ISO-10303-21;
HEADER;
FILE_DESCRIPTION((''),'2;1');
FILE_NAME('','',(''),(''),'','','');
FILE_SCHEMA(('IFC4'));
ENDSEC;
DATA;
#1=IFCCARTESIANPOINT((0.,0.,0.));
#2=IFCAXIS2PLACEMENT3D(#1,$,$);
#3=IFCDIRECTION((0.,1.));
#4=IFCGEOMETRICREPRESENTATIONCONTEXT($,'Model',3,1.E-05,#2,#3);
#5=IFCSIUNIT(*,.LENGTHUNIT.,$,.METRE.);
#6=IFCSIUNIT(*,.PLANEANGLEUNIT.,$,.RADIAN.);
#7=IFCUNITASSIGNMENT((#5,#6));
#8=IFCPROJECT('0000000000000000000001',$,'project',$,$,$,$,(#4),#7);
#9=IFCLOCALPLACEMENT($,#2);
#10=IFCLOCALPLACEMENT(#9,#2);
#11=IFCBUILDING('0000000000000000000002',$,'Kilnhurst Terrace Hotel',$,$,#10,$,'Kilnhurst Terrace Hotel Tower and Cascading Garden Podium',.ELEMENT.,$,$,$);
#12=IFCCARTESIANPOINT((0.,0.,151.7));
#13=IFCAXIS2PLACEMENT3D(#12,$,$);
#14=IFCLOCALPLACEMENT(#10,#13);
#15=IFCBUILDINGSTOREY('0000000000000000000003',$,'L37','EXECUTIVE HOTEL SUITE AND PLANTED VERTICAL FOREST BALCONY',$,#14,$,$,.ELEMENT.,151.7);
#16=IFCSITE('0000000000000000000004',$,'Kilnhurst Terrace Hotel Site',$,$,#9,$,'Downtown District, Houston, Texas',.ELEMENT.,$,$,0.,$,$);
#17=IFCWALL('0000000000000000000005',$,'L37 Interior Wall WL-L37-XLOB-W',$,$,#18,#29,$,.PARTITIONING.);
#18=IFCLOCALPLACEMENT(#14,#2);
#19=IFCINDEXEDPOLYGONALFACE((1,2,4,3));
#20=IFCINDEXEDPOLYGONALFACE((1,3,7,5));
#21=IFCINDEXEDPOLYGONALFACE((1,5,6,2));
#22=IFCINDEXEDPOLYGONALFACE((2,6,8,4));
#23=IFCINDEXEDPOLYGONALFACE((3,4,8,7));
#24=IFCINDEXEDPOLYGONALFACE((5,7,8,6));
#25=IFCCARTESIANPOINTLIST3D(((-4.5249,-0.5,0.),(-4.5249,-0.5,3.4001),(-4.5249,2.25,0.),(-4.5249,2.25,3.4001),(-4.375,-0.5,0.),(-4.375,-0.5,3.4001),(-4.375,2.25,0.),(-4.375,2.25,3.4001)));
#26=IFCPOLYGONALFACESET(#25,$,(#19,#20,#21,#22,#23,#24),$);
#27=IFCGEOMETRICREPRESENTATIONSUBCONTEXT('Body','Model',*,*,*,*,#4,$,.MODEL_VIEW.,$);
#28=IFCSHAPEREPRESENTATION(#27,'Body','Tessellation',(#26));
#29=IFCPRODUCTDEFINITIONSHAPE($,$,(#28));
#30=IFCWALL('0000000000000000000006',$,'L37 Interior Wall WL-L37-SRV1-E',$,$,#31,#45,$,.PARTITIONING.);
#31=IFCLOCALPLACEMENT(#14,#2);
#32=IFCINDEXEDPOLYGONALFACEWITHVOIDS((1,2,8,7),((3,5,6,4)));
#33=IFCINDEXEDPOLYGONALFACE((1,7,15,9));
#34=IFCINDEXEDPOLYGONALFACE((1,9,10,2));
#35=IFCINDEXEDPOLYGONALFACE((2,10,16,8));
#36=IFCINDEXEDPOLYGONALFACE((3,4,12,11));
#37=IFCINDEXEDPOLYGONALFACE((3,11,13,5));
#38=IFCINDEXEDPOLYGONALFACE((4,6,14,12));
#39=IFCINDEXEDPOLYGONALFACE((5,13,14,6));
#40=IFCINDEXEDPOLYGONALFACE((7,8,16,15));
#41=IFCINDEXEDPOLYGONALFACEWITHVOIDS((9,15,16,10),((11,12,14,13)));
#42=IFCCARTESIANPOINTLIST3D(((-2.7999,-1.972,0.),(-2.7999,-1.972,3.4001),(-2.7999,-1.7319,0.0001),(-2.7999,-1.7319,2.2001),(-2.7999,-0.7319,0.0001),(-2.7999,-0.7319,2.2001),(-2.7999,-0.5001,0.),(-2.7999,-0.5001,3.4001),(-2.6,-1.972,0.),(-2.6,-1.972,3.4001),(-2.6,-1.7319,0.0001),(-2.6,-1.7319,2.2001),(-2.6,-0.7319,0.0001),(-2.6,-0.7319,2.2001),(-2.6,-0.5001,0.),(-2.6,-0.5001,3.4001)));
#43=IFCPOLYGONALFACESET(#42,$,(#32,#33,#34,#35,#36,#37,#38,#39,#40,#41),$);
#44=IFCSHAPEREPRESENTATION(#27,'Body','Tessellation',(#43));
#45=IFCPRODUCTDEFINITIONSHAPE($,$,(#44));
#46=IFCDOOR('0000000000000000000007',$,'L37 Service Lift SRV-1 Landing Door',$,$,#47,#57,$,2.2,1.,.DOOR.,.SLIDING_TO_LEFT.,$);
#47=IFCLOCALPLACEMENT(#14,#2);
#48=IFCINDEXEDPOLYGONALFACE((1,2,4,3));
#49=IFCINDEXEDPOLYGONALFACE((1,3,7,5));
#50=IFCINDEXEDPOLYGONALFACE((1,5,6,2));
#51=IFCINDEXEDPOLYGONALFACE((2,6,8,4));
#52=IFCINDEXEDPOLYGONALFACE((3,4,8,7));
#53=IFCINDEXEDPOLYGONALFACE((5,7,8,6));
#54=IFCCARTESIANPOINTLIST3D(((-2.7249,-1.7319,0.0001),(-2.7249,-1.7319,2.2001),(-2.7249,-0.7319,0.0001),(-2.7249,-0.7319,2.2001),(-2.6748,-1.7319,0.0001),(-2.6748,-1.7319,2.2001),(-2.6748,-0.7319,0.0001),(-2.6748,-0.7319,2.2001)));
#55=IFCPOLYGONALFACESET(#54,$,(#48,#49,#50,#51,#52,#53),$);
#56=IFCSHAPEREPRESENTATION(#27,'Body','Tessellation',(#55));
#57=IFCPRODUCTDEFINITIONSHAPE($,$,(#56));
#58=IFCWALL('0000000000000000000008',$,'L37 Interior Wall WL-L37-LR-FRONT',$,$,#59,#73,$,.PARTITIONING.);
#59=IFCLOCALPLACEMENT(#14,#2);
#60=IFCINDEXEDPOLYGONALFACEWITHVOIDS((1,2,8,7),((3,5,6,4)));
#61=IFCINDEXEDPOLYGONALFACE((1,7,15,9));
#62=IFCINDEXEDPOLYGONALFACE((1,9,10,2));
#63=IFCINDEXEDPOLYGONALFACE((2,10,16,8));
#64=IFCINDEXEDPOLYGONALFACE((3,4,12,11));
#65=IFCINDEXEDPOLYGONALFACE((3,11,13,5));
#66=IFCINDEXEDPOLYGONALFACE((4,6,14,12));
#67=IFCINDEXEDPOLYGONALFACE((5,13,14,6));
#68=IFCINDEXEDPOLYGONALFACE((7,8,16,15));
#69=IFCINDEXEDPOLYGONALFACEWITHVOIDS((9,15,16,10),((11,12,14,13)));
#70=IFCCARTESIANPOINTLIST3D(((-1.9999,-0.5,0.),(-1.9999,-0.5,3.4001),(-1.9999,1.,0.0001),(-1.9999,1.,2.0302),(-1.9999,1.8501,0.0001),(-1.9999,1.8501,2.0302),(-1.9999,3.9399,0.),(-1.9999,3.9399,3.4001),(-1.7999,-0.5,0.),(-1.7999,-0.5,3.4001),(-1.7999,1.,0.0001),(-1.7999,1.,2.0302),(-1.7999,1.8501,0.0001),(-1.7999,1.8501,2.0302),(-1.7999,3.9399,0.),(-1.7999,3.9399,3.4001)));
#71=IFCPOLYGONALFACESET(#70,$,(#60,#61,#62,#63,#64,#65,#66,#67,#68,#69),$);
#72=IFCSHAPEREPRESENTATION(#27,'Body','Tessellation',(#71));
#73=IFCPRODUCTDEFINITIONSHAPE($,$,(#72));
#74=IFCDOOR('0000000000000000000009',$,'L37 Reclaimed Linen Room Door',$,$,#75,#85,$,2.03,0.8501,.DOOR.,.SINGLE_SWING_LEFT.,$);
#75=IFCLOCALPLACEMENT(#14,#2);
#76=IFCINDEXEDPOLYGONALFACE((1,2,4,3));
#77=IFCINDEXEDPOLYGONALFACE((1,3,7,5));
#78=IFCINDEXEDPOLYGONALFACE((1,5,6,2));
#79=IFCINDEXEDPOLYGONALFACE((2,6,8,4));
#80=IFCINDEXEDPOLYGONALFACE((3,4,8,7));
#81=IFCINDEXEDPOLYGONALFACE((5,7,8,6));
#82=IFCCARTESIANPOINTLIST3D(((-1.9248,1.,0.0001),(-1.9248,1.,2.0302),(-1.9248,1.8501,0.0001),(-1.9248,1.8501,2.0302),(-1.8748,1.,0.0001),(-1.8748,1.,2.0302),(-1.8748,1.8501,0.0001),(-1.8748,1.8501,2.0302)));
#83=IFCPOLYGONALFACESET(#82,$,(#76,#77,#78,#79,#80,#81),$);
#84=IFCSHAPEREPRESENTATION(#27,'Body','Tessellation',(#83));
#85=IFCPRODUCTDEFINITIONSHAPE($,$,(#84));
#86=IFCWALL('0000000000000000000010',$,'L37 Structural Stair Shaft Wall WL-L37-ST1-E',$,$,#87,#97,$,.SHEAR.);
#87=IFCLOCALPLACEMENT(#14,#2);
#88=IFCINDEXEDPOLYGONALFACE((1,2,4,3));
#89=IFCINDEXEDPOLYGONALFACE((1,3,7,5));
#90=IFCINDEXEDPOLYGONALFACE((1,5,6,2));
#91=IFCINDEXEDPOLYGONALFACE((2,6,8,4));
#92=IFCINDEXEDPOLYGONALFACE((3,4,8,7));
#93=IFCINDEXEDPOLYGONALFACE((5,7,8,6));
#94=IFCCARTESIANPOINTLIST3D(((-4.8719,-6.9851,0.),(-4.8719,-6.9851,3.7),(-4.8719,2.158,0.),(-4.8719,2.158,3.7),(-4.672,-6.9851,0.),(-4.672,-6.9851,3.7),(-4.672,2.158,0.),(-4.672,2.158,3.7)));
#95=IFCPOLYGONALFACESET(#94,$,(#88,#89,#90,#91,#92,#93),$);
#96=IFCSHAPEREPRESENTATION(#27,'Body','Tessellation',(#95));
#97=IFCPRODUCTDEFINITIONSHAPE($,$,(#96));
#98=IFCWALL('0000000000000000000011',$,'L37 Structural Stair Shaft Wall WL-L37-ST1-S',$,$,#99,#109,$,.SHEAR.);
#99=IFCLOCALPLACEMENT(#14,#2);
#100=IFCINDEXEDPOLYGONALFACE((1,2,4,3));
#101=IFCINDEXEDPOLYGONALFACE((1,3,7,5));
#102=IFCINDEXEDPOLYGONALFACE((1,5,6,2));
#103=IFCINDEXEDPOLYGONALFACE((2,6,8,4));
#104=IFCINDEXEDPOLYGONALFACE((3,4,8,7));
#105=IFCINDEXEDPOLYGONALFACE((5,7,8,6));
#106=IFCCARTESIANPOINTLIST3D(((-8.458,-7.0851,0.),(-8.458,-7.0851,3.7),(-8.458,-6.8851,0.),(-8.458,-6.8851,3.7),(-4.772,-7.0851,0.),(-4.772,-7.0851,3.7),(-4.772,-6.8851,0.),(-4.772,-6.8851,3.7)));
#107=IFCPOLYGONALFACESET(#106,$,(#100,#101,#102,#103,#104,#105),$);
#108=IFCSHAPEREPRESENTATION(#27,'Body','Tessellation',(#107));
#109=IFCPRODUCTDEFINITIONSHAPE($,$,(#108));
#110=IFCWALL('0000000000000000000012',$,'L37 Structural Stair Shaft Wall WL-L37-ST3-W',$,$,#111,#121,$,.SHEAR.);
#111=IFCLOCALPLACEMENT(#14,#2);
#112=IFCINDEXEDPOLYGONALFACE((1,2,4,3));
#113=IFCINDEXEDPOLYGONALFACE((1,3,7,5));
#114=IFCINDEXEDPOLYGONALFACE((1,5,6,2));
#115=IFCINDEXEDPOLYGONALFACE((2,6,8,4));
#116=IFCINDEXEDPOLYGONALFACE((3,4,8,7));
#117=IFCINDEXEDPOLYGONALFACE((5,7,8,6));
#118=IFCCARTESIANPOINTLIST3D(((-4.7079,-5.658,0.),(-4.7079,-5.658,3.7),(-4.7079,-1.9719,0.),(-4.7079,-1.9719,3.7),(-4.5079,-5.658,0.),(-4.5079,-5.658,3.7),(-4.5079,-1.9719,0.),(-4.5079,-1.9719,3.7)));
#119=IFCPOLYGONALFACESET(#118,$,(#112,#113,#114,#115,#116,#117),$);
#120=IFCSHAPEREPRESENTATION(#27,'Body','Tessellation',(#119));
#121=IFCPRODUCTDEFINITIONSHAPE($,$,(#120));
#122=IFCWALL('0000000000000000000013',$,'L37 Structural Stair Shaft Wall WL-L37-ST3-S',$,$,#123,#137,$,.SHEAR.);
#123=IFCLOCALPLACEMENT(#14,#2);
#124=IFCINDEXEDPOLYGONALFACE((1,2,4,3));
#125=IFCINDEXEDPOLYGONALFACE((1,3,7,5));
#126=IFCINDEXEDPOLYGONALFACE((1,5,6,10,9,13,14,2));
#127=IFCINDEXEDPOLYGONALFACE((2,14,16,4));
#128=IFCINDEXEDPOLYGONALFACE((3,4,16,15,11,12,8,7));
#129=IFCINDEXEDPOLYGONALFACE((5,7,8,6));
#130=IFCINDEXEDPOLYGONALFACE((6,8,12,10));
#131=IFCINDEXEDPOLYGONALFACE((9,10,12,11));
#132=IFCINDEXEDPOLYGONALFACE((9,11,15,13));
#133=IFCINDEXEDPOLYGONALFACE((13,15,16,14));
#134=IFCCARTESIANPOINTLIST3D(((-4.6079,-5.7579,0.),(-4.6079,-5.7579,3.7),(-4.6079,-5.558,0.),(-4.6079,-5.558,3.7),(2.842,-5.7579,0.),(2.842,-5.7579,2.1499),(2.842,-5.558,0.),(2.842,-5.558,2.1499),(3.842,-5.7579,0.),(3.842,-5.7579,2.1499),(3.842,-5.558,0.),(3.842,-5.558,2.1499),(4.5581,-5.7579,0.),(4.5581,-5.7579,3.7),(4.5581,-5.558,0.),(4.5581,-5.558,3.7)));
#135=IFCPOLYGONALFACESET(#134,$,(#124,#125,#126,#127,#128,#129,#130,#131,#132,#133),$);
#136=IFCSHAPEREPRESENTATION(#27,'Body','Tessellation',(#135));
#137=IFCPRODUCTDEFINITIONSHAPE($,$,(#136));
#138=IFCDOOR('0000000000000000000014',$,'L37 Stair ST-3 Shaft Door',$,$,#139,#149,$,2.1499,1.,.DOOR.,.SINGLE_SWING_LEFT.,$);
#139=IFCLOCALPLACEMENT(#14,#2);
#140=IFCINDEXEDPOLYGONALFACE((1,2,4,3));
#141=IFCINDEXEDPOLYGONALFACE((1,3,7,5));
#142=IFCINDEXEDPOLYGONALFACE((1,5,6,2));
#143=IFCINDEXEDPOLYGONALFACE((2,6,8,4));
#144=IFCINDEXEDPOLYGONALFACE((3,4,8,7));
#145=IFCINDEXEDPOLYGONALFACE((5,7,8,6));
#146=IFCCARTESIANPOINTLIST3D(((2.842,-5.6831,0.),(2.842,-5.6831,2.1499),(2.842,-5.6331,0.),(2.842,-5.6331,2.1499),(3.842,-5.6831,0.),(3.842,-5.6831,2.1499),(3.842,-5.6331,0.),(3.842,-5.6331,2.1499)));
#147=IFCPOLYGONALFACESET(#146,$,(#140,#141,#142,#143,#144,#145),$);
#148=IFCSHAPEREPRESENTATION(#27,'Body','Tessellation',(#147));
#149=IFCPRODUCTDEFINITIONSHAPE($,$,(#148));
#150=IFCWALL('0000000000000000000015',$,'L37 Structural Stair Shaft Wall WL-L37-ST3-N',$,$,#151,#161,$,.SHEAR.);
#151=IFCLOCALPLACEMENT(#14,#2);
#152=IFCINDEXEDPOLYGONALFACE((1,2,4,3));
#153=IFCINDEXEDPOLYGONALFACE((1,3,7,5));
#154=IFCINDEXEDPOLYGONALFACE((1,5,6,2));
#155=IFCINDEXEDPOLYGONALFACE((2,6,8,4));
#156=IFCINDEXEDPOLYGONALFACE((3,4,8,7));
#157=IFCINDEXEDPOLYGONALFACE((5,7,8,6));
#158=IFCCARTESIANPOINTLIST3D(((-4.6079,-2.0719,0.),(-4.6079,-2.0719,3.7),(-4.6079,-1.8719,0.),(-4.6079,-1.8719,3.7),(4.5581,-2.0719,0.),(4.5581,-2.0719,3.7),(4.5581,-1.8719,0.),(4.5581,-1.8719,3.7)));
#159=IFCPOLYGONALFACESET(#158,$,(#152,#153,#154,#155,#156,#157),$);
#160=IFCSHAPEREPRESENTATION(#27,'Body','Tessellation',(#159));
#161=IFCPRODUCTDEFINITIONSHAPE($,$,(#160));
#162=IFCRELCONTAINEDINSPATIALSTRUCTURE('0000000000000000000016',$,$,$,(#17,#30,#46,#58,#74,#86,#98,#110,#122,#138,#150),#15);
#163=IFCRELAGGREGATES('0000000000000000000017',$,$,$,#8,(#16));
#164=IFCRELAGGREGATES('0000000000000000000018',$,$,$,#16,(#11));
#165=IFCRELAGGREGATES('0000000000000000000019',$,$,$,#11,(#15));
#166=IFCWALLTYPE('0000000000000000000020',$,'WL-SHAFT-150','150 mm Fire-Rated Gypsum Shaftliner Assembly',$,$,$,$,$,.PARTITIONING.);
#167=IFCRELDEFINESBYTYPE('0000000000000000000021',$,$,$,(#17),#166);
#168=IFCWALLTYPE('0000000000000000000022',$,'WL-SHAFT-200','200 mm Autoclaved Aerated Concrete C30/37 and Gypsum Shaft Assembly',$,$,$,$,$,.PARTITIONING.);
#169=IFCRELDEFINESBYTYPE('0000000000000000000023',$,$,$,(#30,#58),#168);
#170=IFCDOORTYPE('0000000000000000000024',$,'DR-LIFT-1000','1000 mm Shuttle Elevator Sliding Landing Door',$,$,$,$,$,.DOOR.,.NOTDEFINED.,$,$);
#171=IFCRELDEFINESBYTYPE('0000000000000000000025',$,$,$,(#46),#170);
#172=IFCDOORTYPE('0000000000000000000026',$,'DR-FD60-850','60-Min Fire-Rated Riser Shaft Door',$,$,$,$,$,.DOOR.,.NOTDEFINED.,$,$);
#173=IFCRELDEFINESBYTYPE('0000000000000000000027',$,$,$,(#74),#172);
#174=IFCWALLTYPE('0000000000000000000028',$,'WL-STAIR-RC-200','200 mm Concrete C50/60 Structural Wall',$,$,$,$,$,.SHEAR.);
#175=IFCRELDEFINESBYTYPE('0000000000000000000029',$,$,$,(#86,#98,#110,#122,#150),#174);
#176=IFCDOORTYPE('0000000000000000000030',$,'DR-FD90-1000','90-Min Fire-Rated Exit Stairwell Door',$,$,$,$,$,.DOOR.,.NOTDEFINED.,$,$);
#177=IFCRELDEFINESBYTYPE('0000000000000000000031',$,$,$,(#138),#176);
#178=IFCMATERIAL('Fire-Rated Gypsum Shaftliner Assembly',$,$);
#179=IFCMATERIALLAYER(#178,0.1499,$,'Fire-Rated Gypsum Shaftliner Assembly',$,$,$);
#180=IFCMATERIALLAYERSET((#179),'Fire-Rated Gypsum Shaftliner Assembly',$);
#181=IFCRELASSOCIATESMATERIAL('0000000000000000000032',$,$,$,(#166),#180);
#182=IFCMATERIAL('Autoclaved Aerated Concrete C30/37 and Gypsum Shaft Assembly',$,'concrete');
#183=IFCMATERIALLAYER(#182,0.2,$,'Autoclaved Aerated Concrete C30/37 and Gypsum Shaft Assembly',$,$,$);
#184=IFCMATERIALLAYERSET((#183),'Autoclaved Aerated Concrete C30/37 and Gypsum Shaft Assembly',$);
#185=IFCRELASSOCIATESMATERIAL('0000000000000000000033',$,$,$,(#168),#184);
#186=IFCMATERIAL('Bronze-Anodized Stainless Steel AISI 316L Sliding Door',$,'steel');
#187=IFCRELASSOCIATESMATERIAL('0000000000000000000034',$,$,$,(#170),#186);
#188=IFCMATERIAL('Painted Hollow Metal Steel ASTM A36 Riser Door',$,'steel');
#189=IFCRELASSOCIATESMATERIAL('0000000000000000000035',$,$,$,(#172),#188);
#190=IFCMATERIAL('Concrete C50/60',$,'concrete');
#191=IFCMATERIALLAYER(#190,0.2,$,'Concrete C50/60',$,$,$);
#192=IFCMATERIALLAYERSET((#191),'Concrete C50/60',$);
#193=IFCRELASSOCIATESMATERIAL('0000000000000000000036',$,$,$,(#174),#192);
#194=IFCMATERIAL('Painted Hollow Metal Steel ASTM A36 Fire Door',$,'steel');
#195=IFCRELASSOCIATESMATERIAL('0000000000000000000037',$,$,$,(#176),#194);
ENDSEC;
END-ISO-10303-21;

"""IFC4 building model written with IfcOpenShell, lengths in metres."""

from ifc_helpers import new_model, si_unit, direction, frame, frame_2d, origin, place, context, subcontext, project, spatial, rectangle, extrude, material, layer, layer_set, type_object, element, fill, save


model = new_model("IFC4")

# Units and contexts
model_context = context("Model", 3, precision=1e-05, world=origin(), true_north=direction((0.0, 1.0)))
body_context = subcontext(model_context, "Body", "Model", "MODEL_VIEW")
ifc_project = project(units=[si_unit("LENGTHUNIT", "METRE"), si_unit("PLANEANGLEUNIT", "RADIAN")], contexts=[model_context])

# Site, building, storey
site_placement = place(None, origin())
site = spatial("IfcSite", under=ifc_project, at=site_placement, Name="Kilnhurst Terrace Hotel Site", LongName="Downtown District, Houston, Texas", CompositionType="ELEMENT", RefElevation=0.0)
building_placement = place(site_placement, origin())
building = spatial("IfcBuilding", under=site, at=building_placement, Name="Kilnhurst Terrace Hotel", LongName="Kilnhurst Terrace Hotel Tower and Cascading Garden Podium", CompositionType="ELEMENT")
storey_placement = place(building_placement, frame((0.0, 0.0, 151.7)))
storey = spatial("IfcBuildingStorey", under=building, at=storey_placement, Name="L37", Description="EXECUTIVE HOTEL SUITE AND PLANTED VERTICAL FOREST BALCONY", CompositionType="ELEMENT", Elevation=151.7)

# Wall
ifc_material_1 = material(Name="Fire-Rated Gypsum Shaftliner Assembly")
ifc_layer_1 = layer(ifc_material_1, 0.1499, Name="Fire-Rated Gypsum Shaftliner Assembly")
ifc_layer_set_1 = layer_set([ifc_layer_1], Name="Fire-Rated Gypsum Shaftliner Assembly")
wall_type_1 = type_object("IfcWallType", Name="WL-SHAFT-150", Description="150 mm Fire-Rated Gypsum Shaftliner Assembly", PredefinedType="PARTITIONING", material=ifc_layer_set_1)
wall_1_placement = place(storey_placement, frame((-4.45, -0.5, 0.0), z_axis=(0.0, 0.0, 1.0), x_axis=(0.0, 1.0, 0.0)))
element("IfcWall", 1, at=wall_1_placement, inside=storey, type_object=wall_type_1, Name="L37 Interior Wall WL-L37-XLOB-W", PredefinedType="PARTITIONING", context=body_context, shape_type="SweptSolid", body=[
    extrude(rectangle(XDim=2.75, YDim=0.1499, at=frame_2d((1.375, 0.0))), origin(), (0.0, 0.0, 1.0), 3.4001),
])

# Walls, openings, doors
ifc_material_2 = material(Name="Autoclaved Aerated Concrete C30/37 and Gypsum Shaft Assembly", Category="concrete")
ifc_layer_2 = layer(ifc_material_2, 0.2, Name="Autoclaved Aerated Concrete C30/37 and Gypsum Shaft Assembly")
ifc_layer_set_2 = layer_set([ifc_layer_2], Name="Autoclaved Aerated Concrete C30/37 and Gypsum Shaft Assembly")
wall_type_2 = type_object("IfcWallType", Name="WL-SHAFT-200", Description="200 mm Autoclaved Aerated Concrete C30/37 and Gypsum Shaft Assembly", PredefinedType="PARTITIONING", material=ifc_layer_set_2)
wall_2_placement = place(storey_placement, frame((-2.7, -1.9719, 0.0), z_axis=(0.0, 0.0, 1.0), x_axis=(0.0, 1.0, 0.0)))
wall_2 = element("IfcWall", 2, at=wall_2_placement, inside=storey, type_object=wall_type_2, Name="L37 Interior Wall WL-L37-SRV1-E", PredefinedType="PARTITIONING", context=body_context, shape_type="SweptSolid", body=[
    extrude(rectangle(XDim=1.4719, YDim=0.2, at=frame_2d((0.7358, 0.0))), origin(), (0.0, 0.0, 1.0), 3.4001),
])
opening_1_placement = place(wall_2_placement, frame((0.24, 0.0, 0.0)))
opening_1 = element("IfcOpeningElement", 3, at=opening_1_placement, cuts=wall_2, PredefinedType="OPENING", context=body_context, shape_type="SweptSolid", body=[
    extrude(rectangle(XDim=1.0, YDim=2.2, at=frame_2d((0.5, 1.1001))), frame((0.0, 0.1099, 0.0), z_axis=(0.0, -1.0, 0.0), x_axis=(1.0, 0.0, 0.0)), (0.0, 0.0, 1.0), 0.22),
])
ifc_material_3 = material(Name="Bronze-Anodized Stainless Steel AISI 316L Sliding Door", Category="steel")
door_type_1 = type_object("IfcDoorType", Name="DR-LIFT-1000", Description="1000 mm Shuttle Elevator Sliding Landing Door", OperationType="NOTDEFINED", PredefinedType="DOOR", material=ifc_material_3)
door_1_placement = place(opening_1_placement, origin())
door_1 = element("IfcDoor", 4, at=door_1_placement, inside=storey, type_object=door_type_1, Name="L37 Service Lift SRV-1 Landing Door", OperationType="SLIDING_TO_LEFT", OverallHeight=2.2, OverallWidth=1.0, PredefinedType="DOOR", context=body_context, shape_type="SweptSolid", body=[
    extrude(rectangle(XDim=1.0, YDim=2.2, at=frame_2d((0.5, 1.1001))), frame((0.0, 0.0249, 0.0), z_axis=(0.0, -1.0, 0.0), x_axis=(1.0, 0.0, 0.0)), (0.0, 0.0, 1.0), 0.05),
])
fill(opening_1, door_1)
wall_3_placement = place(storey_placement, frame((-1.8999, -0.5, 0.0), z_axis=(0.0, 0.0, 1.0), x_axis=(0.0, 1.0, 0.0)))
wall_3 = element("IfcWall", 5, at=wall_3_placement, inside=storey, type_object=wall_type_2, Name="L37 Interior Wall WL-L37-LR-FRONT", PredefinedType="PARTITIONING", context=body_context, shape_type="SweptSolid", body=[
    extrude(rectangle(XDim=4.4399, YDim=0.2, at=frame_2d((2.22, 0.0))), origin(), (0.0, 0.0, 1.0), 3.4001),
])
opening_2_placement = place(wall_3_placement, frame((1.5, 0.0, 0.0)))
opening_2 = element("IfcOpeningElement", 6, at=opening_2_placement, cuts=wall_3, PredefinedType="OPENING", context=body_context, shape_type="SweptSolid", body=[
    extrude(rectangle(XDim=0.8501, YDim=2.03, at=frame_2d((0.425, 1.0151))), frame((0.0, 0.1099, 0.0), z_axis=(0.0, -1.0, 0.0), x_axis=(1.0, 0.0, 0.0)), (0.0, 0.0, 1.0), 0.22),
])
ifc_material_4 = material(Name="Painted Hollow Metal Steel ASTM A36 Riser Door", Category="steel")
door_type_2 = type_object("IfcDoorType", Name="DR-FD60-850", Description="60-Min Fire-Rated Riser Shaft Door", OperationType="NOTDEFINED", PredefinedType="DOOR", material=ifc_material_4)
door_2_placement = place(opening_2_placement, origin())
door_2 = element("IfcDoor", 7, at=door_2_placement, inside=storey, type_object=door_type_2, Name="L37 Reclaimed Linen Room Door", OperationType="SINGLE_SWING_LEFT", OverallHeight=2.03, OverallWidth=0.8501, PredefinedType="DOOR", context=body_context, shape_type="SweptSolid", body=[
    extrude(rectangle(XDim=0.8501, YDim=2.03, at=frame_2d((0.425, 1.0151))), frame((0.0, 0.0249, 0.0), z_axis=(0.0, -1.0, 0.0), x_axis=(1.0, 0.0, 0.0)), (0.0, 0.0, 1.0), 0.05),
])
fill(opening_2, door_2)

# Walls
ifc_material_5 = material(Name="Concrete C50/60", Category="concrete")
ifc_layer_3 = layer(ifc_material_5, 0.2, Name="Concrete C50/60")
ifc_layer_set_3 = layer_set([ifc_layer_3], Name="Concrete C50/60")
wall_type_3 = type_object("IfcWallType", Name="WL-STAIR-RC-200", Description="200 mm Concrete C50/60 Structural Wall", PredefinedType="SHEAR", material=ifc_layer_set_3)
wall_4_placement = place(storey_placement, frame((-4.772, -6.9851, 0.0), z_axis=(0.0, 0.0, 1.0), x_axis=(0.0, 1.0, 0.0)))
element("IfcWall", 8, at=wall_4_placement, inside=storey, type_object=wall_type_3, Name="L37 Structural Stair Shaft Wall WL-L37-ST1-E", PredefinedType="SHEAR", context=body_context, shape_type="SweptSolid", body=[
    extrude(rectangle(XDim=9.1431, YDim=0.2, at=frame_2d((4.5715, 0.0))), origin(), (0.0, 0.0, 1.0), 3.7),
])
for number, where, z_axis, x_axis, name in (
    (9, (-8.458, -6.9851, 0.0), (0.0, 0.0, 1.0), (1.0, 0.0, 0.0), "L37 Structural Stair Shaft Wall WL-L37-ST1-S"),
    (10, (-4.6079, -5.658, 0.0), (0.0, 0.0, 1.0), (0.0, 1.0, 0.0), "L37 Structural Stair Shaft Wall WL-L37-ST3-W"),
):
    element("IfcWall", number, at=place(storey_placement, frame(where, z_axis=z_axis, x_axis=x_axis)), inside=storey, type_object=wall_type_3, Name=name, PredefinedType="SHEAR", context=body_context, shape_type="SweptSolid", body=[
        extrude(rectangle(XDim=3.686, YDim=0.2, at=frame_2d((1.843, 0.0))), origin(), (0.0, 0.0, 1.0), 3.7),
    ])

# Wall, opening, door
wall_5_placement = place(storey_placement, frame((-4.6079, -5.658, 0.0), z_axis=(0.0, 0.0, 1.0), x_axis=(1.0, 0.0, 0.0)))
wall_5 = element("IfcWall", 11, at=wall_5_placement, inside=storey, type_object=wall_type_3, Name="L37 Structural Stair Shaft Wall WL-L37-ST3-S", PredefinedType="SHEAR", context=body_context, shape_type="SweptSolid", body=[
    extrude(rectangle(XDim=9.166, YDim=0.2, at=frame_2d((4.583, 0.0))), origin(), (0.0, 0.0, 1.0), 3.7),
])
opening_3_placement = place(wall_5_placement, frame((7.45, 0.0, 0.0)))
opening_3 = element("IfcOpeningElement", 12, at=opening_3_placement, cuts=wall_5, PredefinedType="OPENING", context=body_context, shape_type="SweptSolid", body=[
    extrude(rectangle(XDim=1.0, YDim=2.1499, at=frame_2d((0.5, 1.075))), frame((0.0, 0.1099, 0.0), z_axis=(0.0, -1.0, 0.0), x_axis=(1.0, 0.0, 0.0)), (0.0, 0.0, 1.0), 0.22),
])
ifc_material_6 = material(Name="Painted Hollow Metal Steel ASTM A36 Fire Door", Category="steel")
door_type_3 = type_object("IfcDoorType", Name="DR-FD90-1000", Description="90-Min Fire-Rated Exit Stairwell Door", OperationType="NOTDEFINED", PredefinedType="DOOR", material=ifc_material_6)
door_3_placement = place(opening_3_placement, origin())
door_3 = element("IfcDoor", 13, at=door_3_placement, inside=storey, type_object=door_type_3, Name="L37 Stair ST-3 Shaft Door", OperationType="SINGLE_SWING_LEFT", OverallHeight=2.1499, OverallWidth=1.0, PredefinedType="DOOR", context=body_context, shape_type="SweptSolid", body=[
    extrude(rectangle(XDim=1.0, YDim=2.1499, at=frame_2d((0.5, 1.075))), frame((0.0, 0.0249, 0.0), z_axis=(0.0, -1.0, 0.0), x_axis=(1.0, 0.0, 0.0)), (0.0, 0.0, 1.0), 0.05),
])
fill(opening_3, door_3)

# Wall
wall_6_placement = place(storey_placement, frame((-4.6079, -1.9719, 0.0), z_axis=(0.0, 0.0, 1.0), x_axis=(1.0, 0.0, 0.0)))
element("IfcWall", 14, at=wall_6_placement, inside=storey, type_object=wall_type_3, Name="L37 Structural Stair Shaft Wall WL-L37-ST3-N", PredefinedType="SHEAR", context=body_context, shape_type="SweptSolid", body=[
    extrude(rectangle(XDim=9.166, YDim=0.2, at=frame_2d((4.583, 0.0))), origin(), (0.0, 0.0, 1.0), 3.7),
])

save(model, "model.ifc")
